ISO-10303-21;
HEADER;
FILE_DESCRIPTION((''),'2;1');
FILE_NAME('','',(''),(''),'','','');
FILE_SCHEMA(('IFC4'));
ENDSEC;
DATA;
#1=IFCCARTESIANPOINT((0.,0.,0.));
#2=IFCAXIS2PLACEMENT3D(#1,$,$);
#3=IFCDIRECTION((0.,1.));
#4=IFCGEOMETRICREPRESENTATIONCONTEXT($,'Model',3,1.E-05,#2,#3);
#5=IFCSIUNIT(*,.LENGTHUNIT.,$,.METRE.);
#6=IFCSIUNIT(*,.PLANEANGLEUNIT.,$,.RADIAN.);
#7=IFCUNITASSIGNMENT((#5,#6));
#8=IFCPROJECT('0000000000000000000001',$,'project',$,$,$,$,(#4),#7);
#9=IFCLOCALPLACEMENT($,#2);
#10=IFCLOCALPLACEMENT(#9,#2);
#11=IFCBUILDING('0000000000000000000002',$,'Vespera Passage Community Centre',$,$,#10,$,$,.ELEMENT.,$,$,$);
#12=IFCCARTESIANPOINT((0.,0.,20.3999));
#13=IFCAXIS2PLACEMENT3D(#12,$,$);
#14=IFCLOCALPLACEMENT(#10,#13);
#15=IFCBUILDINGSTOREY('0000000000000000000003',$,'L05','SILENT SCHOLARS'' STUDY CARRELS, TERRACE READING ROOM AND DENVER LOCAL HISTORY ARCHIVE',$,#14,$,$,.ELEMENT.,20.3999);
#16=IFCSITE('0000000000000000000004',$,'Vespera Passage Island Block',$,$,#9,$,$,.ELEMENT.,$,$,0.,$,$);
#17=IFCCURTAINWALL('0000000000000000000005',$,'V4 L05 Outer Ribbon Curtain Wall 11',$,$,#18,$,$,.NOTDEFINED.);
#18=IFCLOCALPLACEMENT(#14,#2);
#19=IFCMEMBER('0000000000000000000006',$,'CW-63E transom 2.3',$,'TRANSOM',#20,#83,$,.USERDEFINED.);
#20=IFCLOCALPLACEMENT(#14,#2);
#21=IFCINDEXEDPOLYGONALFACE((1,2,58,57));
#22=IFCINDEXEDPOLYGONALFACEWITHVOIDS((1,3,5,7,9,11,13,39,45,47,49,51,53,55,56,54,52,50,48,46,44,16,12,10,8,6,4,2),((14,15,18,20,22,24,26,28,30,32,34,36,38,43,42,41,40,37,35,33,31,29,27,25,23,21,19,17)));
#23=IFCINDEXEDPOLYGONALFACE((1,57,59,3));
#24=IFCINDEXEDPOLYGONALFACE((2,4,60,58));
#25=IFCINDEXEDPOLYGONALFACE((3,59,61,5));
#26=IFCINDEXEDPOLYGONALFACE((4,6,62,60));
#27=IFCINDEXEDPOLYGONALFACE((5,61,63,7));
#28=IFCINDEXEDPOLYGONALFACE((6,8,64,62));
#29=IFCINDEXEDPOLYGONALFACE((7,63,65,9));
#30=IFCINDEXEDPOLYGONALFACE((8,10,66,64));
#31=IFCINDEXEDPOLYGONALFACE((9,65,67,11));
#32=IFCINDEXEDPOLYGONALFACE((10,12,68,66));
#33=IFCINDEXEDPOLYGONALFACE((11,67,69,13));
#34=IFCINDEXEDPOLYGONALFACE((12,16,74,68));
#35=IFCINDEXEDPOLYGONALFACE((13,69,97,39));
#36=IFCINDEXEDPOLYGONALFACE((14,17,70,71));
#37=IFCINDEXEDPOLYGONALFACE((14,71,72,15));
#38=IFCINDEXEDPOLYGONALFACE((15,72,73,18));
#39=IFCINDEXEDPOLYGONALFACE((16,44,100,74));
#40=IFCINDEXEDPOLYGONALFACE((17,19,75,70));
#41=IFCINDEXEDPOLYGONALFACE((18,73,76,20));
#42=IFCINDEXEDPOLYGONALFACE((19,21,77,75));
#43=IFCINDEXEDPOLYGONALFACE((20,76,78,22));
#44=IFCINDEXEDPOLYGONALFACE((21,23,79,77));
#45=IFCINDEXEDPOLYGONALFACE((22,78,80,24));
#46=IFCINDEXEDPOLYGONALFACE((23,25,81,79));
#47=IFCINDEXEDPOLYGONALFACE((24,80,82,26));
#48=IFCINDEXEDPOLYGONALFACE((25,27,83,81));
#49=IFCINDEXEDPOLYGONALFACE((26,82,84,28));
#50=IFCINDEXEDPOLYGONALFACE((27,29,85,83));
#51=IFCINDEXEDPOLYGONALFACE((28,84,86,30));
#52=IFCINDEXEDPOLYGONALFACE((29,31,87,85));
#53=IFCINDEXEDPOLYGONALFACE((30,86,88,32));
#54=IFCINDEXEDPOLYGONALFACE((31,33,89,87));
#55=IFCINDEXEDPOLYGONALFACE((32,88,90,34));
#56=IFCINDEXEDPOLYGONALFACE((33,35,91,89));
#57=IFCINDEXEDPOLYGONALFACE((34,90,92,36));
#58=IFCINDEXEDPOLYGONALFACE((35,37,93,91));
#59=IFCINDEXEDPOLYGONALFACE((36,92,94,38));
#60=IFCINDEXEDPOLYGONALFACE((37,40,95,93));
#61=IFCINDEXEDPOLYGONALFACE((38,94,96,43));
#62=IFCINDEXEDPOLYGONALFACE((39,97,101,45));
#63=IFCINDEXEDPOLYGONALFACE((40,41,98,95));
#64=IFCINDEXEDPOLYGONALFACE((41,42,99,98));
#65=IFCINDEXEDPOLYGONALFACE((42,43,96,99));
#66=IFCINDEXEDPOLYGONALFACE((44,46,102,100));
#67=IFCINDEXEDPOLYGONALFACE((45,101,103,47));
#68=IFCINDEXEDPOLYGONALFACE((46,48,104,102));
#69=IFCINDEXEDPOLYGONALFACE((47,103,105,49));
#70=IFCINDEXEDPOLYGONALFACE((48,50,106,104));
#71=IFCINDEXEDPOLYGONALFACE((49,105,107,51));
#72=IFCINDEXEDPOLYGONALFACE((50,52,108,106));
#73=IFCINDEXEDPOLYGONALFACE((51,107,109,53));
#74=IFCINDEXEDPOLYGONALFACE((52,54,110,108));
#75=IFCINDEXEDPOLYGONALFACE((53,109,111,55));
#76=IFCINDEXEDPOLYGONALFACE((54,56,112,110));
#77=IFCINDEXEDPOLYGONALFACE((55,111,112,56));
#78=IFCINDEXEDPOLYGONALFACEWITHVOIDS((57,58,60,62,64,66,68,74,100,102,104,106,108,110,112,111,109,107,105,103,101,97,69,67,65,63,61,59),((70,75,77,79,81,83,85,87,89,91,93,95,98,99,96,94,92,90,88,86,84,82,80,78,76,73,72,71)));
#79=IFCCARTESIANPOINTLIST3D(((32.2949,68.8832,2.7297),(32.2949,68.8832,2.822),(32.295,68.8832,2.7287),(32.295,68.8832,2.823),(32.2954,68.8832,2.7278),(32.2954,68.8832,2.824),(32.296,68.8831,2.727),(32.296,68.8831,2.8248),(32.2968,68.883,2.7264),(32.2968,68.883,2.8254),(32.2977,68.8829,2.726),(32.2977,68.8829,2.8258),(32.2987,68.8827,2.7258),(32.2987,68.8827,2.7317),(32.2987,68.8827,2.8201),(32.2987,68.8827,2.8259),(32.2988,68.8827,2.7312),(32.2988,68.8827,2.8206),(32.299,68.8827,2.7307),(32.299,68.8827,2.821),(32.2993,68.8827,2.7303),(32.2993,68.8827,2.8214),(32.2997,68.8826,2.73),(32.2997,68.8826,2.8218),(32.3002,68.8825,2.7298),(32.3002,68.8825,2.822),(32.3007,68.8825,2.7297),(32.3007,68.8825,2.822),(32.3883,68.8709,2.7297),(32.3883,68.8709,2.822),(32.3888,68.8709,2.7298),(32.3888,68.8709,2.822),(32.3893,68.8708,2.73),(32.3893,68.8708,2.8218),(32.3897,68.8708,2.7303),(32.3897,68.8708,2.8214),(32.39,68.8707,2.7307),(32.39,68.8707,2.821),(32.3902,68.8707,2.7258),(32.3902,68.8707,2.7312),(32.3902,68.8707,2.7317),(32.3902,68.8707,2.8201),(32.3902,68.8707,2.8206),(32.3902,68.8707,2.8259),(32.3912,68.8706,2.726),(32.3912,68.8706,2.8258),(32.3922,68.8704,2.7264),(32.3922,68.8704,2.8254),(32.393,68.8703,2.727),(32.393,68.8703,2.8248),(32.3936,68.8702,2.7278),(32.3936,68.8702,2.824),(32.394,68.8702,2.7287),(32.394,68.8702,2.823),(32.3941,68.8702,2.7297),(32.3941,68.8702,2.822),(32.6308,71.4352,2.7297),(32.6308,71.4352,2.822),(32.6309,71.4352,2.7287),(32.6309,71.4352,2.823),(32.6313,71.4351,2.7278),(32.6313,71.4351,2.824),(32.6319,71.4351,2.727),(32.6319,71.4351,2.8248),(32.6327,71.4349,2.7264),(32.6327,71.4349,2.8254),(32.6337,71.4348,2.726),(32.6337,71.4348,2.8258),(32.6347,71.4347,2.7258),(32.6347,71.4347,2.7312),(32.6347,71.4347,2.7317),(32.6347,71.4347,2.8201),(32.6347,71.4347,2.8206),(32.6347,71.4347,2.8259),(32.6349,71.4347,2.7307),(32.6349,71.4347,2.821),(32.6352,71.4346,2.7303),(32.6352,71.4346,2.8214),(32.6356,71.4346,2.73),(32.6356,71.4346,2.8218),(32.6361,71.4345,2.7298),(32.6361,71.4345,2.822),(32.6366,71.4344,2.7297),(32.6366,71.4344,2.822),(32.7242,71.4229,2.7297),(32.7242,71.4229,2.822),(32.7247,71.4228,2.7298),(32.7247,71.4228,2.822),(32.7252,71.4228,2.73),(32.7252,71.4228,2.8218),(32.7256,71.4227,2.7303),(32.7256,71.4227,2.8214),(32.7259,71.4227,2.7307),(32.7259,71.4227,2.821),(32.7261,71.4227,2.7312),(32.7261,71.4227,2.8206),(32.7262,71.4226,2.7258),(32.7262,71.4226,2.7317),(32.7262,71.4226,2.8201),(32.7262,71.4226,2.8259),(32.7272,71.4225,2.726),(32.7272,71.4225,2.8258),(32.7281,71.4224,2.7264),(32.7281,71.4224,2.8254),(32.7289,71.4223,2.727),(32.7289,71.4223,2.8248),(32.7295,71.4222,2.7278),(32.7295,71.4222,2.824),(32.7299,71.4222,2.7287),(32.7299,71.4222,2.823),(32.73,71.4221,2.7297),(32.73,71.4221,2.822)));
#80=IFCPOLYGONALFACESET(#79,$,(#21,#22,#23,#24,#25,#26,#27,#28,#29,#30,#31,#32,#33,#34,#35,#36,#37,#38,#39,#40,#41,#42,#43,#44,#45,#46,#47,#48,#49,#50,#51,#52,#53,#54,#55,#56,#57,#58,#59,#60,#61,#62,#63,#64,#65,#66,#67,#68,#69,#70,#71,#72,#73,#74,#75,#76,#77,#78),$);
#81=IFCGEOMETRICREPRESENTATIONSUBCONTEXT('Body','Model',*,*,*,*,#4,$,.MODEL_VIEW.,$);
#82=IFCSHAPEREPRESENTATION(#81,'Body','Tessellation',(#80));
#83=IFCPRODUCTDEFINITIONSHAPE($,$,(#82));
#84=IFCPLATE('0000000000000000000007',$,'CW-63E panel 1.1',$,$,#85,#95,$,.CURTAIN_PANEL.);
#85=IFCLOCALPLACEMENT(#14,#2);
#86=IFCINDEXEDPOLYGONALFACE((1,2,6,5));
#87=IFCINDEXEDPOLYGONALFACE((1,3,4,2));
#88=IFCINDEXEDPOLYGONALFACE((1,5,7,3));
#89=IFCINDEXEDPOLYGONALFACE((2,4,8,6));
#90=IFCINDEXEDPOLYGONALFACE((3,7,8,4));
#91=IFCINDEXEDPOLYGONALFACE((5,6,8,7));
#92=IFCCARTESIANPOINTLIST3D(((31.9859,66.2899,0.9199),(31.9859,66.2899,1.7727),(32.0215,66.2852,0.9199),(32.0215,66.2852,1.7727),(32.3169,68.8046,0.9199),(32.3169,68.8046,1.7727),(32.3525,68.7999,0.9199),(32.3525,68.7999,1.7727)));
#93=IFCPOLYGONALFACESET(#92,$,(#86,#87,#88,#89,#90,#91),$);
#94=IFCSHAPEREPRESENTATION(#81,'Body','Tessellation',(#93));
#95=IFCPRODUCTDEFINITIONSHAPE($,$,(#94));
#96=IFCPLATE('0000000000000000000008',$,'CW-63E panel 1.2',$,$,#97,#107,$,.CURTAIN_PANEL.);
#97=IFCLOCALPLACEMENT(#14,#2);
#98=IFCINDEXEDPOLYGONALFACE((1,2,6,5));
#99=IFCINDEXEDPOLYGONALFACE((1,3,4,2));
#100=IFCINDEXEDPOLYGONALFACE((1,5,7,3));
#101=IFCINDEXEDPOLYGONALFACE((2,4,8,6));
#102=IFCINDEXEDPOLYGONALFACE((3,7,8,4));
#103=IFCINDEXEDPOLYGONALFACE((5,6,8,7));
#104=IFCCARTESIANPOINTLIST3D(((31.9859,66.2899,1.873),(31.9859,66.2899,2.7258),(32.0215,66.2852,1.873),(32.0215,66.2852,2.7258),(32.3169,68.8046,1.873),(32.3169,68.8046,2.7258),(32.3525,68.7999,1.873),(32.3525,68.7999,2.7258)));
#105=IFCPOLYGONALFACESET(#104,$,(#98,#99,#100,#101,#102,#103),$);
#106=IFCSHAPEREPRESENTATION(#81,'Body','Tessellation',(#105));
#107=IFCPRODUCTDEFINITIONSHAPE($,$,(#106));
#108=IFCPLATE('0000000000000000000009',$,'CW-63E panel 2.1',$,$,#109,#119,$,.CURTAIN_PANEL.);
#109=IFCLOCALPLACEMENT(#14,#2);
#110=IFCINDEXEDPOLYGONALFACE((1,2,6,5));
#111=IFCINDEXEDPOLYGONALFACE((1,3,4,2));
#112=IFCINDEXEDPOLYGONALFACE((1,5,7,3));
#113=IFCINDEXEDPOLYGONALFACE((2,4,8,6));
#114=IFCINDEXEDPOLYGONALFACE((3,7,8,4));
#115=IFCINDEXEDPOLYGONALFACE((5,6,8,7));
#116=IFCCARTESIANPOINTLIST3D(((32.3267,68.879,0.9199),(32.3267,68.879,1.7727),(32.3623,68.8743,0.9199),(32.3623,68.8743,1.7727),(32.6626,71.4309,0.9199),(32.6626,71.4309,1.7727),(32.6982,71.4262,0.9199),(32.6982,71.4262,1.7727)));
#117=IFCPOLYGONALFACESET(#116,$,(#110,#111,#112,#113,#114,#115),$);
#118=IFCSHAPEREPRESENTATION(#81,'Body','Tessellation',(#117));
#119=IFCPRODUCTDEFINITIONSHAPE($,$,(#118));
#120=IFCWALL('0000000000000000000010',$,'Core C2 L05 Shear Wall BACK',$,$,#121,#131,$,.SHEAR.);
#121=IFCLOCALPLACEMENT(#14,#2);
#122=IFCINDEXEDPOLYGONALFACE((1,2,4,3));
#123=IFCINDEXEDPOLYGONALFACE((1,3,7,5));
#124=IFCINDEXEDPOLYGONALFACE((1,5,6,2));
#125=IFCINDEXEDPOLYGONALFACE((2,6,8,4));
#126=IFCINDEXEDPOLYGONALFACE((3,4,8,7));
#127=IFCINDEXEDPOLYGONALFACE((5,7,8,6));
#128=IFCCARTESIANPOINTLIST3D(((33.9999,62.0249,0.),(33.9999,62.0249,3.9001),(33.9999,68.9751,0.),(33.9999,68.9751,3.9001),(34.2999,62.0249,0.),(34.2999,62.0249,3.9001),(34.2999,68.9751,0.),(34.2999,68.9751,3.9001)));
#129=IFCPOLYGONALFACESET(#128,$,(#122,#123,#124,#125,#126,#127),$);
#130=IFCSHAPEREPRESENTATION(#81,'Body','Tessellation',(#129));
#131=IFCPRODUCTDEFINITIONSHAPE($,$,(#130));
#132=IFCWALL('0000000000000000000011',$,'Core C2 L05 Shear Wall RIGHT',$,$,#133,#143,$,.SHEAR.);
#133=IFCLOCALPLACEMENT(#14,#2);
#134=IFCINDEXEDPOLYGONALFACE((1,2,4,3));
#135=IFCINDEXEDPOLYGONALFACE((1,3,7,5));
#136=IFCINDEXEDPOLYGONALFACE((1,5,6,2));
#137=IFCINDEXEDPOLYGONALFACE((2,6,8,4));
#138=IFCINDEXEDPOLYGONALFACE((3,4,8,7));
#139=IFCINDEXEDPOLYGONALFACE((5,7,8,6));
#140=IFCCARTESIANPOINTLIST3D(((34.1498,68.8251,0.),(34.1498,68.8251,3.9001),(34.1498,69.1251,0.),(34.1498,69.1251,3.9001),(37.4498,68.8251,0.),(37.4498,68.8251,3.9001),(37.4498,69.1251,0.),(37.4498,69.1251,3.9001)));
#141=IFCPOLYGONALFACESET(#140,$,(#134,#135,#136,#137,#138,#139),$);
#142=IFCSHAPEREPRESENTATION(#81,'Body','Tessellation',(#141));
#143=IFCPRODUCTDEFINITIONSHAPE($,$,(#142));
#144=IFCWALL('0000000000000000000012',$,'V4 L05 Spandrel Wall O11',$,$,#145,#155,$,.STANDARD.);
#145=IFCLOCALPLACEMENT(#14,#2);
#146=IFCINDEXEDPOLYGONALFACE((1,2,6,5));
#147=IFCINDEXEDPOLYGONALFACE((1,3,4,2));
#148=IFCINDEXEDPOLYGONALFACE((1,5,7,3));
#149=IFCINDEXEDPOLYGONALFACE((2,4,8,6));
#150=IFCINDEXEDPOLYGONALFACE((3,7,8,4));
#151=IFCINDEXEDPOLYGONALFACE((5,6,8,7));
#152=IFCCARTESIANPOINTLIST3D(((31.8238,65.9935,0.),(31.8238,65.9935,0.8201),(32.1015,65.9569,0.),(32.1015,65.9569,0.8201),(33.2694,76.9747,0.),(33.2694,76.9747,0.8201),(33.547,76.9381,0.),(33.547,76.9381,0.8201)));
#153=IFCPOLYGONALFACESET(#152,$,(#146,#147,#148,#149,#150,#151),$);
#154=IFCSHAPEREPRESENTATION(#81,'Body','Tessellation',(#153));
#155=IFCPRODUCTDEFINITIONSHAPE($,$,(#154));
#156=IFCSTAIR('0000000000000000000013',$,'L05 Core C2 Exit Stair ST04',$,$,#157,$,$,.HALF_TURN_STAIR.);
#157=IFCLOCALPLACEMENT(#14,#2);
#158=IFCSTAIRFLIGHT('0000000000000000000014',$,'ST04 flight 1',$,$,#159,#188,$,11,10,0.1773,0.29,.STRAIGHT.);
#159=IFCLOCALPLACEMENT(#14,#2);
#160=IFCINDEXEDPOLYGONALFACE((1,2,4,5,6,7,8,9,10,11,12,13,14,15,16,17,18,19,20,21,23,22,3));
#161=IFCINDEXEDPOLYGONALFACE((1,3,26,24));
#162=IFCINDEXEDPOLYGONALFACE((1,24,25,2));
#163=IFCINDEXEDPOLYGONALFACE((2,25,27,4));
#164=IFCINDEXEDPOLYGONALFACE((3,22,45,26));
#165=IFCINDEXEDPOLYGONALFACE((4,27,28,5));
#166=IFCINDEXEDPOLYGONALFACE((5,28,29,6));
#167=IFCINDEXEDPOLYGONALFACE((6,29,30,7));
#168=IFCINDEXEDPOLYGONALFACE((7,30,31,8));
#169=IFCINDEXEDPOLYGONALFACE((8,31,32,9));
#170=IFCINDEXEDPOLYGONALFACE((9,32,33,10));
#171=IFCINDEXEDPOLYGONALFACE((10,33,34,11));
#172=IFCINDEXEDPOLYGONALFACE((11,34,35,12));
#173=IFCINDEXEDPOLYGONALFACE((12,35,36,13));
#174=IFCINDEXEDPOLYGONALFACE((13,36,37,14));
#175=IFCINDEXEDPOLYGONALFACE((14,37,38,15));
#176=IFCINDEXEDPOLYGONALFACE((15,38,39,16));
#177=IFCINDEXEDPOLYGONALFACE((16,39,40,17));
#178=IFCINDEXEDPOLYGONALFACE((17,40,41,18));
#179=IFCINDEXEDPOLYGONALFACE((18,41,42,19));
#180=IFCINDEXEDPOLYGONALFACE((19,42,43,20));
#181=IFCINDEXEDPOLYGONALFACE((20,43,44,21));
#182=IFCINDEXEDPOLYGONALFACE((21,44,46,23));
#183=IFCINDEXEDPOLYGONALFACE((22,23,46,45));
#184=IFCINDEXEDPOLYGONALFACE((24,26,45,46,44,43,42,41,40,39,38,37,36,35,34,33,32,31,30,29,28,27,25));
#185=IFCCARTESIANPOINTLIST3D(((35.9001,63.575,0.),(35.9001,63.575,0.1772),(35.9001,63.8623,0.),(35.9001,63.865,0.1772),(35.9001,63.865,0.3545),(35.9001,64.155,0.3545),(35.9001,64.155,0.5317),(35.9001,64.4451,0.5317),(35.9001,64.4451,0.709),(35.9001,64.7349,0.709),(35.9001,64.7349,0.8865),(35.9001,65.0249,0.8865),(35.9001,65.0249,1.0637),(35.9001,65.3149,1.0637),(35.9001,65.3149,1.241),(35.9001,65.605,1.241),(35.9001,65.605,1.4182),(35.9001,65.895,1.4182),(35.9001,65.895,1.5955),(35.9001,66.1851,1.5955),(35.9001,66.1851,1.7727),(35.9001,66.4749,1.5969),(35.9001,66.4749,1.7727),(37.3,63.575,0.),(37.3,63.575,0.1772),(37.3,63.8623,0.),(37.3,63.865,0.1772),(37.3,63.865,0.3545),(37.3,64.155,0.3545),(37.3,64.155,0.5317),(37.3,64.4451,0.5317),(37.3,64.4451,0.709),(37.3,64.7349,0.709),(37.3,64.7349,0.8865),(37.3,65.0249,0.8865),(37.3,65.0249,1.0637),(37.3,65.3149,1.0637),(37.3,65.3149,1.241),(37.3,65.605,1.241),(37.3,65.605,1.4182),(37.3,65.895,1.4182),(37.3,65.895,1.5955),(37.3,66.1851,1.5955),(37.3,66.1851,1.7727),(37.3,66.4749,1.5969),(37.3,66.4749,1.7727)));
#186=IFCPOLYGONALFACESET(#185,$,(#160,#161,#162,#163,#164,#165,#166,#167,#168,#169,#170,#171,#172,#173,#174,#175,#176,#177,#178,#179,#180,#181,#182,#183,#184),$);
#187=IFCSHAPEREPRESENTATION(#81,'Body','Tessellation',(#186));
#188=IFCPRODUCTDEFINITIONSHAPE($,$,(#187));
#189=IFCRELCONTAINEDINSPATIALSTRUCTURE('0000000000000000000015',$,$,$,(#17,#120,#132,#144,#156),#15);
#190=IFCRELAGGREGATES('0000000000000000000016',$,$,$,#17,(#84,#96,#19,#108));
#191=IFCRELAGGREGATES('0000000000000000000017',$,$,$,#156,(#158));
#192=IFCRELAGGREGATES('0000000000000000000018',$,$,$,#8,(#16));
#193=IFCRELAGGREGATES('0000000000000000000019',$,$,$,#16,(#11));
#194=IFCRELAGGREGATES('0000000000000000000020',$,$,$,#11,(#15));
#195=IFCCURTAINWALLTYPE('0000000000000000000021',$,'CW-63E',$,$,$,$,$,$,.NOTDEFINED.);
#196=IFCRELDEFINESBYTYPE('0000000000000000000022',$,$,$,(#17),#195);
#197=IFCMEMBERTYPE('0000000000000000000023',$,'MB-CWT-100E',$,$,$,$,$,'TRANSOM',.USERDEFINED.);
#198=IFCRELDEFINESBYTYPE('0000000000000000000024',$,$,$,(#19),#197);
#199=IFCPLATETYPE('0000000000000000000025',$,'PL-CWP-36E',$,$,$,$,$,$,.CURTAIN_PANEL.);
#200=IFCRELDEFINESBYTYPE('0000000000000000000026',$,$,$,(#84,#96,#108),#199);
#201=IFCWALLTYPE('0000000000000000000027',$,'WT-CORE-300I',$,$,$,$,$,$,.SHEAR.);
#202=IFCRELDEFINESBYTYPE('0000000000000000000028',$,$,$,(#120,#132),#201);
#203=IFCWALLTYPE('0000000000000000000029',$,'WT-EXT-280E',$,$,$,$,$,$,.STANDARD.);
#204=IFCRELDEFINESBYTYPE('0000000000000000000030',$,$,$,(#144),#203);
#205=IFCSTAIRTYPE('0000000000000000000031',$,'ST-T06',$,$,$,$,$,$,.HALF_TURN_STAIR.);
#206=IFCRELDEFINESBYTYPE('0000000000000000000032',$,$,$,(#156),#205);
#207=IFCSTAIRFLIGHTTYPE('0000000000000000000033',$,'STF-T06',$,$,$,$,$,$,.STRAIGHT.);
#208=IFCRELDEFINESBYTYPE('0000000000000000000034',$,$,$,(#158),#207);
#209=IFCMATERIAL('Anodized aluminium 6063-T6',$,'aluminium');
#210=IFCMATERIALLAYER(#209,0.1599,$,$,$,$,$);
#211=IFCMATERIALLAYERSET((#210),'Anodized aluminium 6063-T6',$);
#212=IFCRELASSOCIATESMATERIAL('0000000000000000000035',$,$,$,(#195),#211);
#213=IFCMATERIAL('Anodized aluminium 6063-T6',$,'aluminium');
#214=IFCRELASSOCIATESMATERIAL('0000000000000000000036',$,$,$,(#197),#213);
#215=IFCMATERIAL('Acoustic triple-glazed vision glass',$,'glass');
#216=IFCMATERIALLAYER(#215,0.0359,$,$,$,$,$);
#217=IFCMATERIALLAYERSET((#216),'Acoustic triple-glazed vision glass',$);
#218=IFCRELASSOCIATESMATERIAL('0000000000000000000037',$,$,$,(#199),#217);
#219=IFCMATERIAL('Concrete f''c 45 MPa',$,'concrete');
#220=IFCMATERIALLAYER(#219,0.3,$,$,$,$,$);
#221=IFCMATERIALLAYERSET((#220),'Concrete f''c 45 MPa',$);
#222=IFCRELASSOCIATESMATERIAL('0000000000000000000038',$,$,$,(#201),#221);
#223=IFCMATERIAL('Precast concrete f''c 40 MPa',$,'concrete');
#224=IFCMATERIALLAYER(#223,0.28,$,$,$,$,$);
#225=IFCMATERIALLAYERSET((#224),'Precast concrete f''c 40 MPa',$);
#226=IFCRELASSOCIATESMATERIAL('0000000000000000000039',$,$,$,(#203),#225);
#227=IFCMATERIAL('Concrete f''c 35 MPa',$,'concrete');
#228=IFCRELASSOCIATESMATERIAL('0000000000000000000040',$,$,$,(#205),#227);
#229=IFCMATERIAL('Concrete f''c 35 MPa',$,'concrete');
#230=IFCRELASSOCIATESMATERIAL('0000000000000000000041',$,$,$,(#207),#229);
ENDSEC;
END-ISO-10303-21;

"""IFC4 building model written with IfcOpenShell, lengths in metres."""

from ifc_helpers import new_model, si_unit, direction, frame, frame_2d, origin, origin_2d, place, context, subcontext, project, spatial, polyline, rectangle, hollow_rectangle, outline, extrude, material, layer, layer_set, material_profile, profile_set, type_object, element, aggregate, save


model = new_model("IFC4")

# Units and contexts
model_context = context("Model", 3, precision=1e-05, world=origin(), true_north=direction((0.0, 1.0)))
body_context = subcontext(model_context, "Body", "Model", "MODEL_VIEW")
ifc_project = project(units=[si_unit("LENGTHUNIT", "METRE"), si_unit("PLANEANGLEUNIT", "RADIAN")], contexts=[model_context])

# Site, building, storey
site_placement = place(None, origin())
site = spatial("IfcSite", under=ifc_project, at=site_placement, Name="Vespera Passage Island Block", CompositionType="ELEMENT", RefElevation=0.0)
building_placement = place(site_placement, origin())
building = spatial("IfcBuilding", under=site, at=building_placement, Name="Vespera Passage Community Centre", CompositionType="ELEMENT")
storey_placement = place(building_placement, frame((0.0, 0.0, 20.3999)))
storey = spatial("IfcBuildingStorey", under=building, at=storey_placement, Name="L05", Description="SILENT SCHOLARS' STUDY CARRELS, TERRACE READING ROOM AND DENVER LOCAL HISTORY ARCHIVE", CompositionType="ELEMENT", Elevation=20.3999)

# Curtain wall, member, plates
ifc_material_1 = material(Name="Anodized aluminium 6063-T6", Category="aluminium")
ifc_layer_1 = layer(ifc_material_1, 0.1599)
ifc_layer_set_1 = layer_set([ifc_layer_1], Name="Anodized aluminium 6063-T6")
curtain_wall_type = type_object("IfcCurtainWallType", Name="CW-63E", PredefinedType="NOTDEFINED", material=ifc_layer_set_1)
curtain_wall_placement = place(storey_placement, origin())
curtain_wall = element("IfcCurtainWall", 1, at=curtain_wall_placement, inside=storey, type_object=curtain_wall_type, Name="V4 L05 Outer Ribbon Curtain Wall 11", PredefinedType="NOTDEFINED")
ifc_material_2 = material(Name="Anodized aluminium 6063-T6", Category="aluminium")
ifc_material_profile_1 = material_profile(ifc_material_2, hollow_rectangle(XDim=0.1001, YDim=0.1001, WallThickness=0.0039, InnerFilletRadius=0.002, OuterFilletRadius=0.0039, at=origin_2d()), Name="ALU100X100X4")
ifc_profile_set_1 = profile_set([ifc_material_profile_1], Name="Anodized aluminium 6063-T6")
member_type_1 = type_object("IfcMemberType", Name="MB-CWT-100E", ElementType="TRANSOM", PredefinedType="USERDEFINED", material=ifc_profile_set_1)
member_1_placement = place(storey_placement, frame((32.3445, 68.8767, 2.7759), z_axis=(0.130511, 0.991447, 0.0), x_axis=(-0.991447, 0.130511, 0.0)))
member_1 = element("IfcMember", 2, at=member_1_placement, type_object=member_type_1, Name="CW-63E transom 2.3", ObjectType="TRANSOM", PredefinedType="USERDEFINED", context=body_context, shape_type="SweptSolid", body=[
    extrude(hollow_rectangle(XDim=0.1001, YDim=0.1001, WallThickness=0.0039, InnerFilletRadius=0.002, OuterFilletRadius=0.0039, at=origin_2d()), origin(), (0.0, 0.0, 1.0), 2.574),
])
ifc_material_3 = material(Name="Acoustic triple-glazed vision glass", Category="glass")
ifc_layer_2 = layer(ifc_material_3, 0.0359)
ifc_layer_set_2 = layer_set([ifc_layer_2], Name="Acoustic triple-glazed vision glass")
plate_type = type_object("IfcPlateType", Name="PL-CWP-36E", PredefinedType="CURTAIN_PANEL", material=ifc_layer_set_2)
plate_1_placement = place(storey_placement, frame((32.1692, 67.5449, 0.9199), z_axis=(0.0, 0.0, 1.0), x_axis=(0.130523, 0.991445, 0.0)))
plate_1 = element("IfcPlate", 3, at=plate_1_placement, type_object=plate_type, Name="CW-63E panel 1.1", PredefinedType="CURTAIN_PANEL", context=body_context, shape_type="SweptSolid", body=[
    extrude(rectangle(XDim=2.5364, YDim=0.0359, at=origin_2d()), origin(), (0.0, 0.0, 1.0), 0.8528),
])
plate_2_placement = place(storey_placement, frame((32.1692, 67.5449, 1.873), z_axis=(0.0, 0.0, 1.0), x_axis=(0.130523, 0.991445, 0.0)))
plate_2 = element("IfcPlate", 4, at=plate_2_placement, type_object=plate_type, Name="CW-63E panel 1.2", PredefinedType="CURTAIN_PANEL", context=body_context, shape_type="SweptSolid", body=[
    extrude(rectangle(XDim=2.5364, YDim=0.0359, at=origin_2d()), origin(), (0.0, 0.0, 1.0), 0.8528),
])
plate_3_placement = place(storey_placement, frame((32.5125, 70.1526, 0.9199), z_axis=(0.0, 0.0, 1.0), x_axis=(0.130523, 0.991445, 0.0)))
plate_3 = element("IfcPlate", 5, at=plate_3_placement, type_object=plate_type, Name="CW-63E panel 2.1", PredefinedType="CURTAIN_PANEL", context=body_context, shape_type="SweptSolid", body=[
    extrude(rectangle(XDim=2.574, YDim=0.0359, at=origin_2d()), origin(), (0.0, 0.0, 1.0), 0.8528),
])
aggregate(curtain_wall, [plate_1, plate_2, member_1, plate_3])

# Walls
ifc_material_4 = material(Name="Concrete f'c 45 MPa", Category="concrete")
ifc_layer_3 = layer(ifc_material_4, 0.3)
ifc_layer_set_3 = layer_set([ifc_layer_3], Name="Concrete f'c 45 MPa")
wall_type_1 = type_object("IfcWallType", Name="WT-CORE-300I", PredefinedType="SHEAR", material=ifc_layer_set_3)
wall_1_placement = place(storey_placement, frame((34.1499, 62.0249, 0.0), z_axis=(0.0, 0.0, 1.0), x_axis=(0.0, 1.0, 0.0)))
element("IfcWall", 6, at=wall_1_placement, inside=storey, type_object=wall_type_1, Name="Core C2 L05 Shear Wall BACK", PredefinedType="SHEAR", context=body_context, shape_type="SweptSolid", body=[
    extrude(rectangle(XDim=6.9502, YDim=0.3, at=frame_2d((3.4751, 0.0))), origin(), (0.0, 0.0, 1.0), 3.9001),
])
wall_2_placement = place(storey_placement, frame((34.1499, 68.9751, 0.0), z_axis=(0.0, 0.0, 1.0), x_axis=(1.0, 0.0, 0.0)))
element("IfcWall", 7, at=wall_2_placement, inside=storey, type_object=wall_type_1, Name="Core C2 L05 Shear Wall RIGHT", PredefinedType="SHEAR", context=body_context, shape_type="SweptSolid", body=[
    extrude(rectangle(XDim=3.3, YDim=0.3, at=frame_2d((1.6499, 0.0))), origin(), (0.0, 0.0, 1.0), 3.9001),
])

# Wall
ifc_material_5 = material(Name="Precast concrete f'c 40 MPa", Category="concrete")
ifc_layer_4 = layer(ifc_material_5, 0.28)
ifc_layer_set_4 = layer_set([ifc_layer_4], Name="Precast concrete f'c 40 MPa")
wall_type_2 = type_object("IfcWallType", Name="WT-EXT-280E", PredefinedType="STANDARD", material=ifc_layer_set_4)
wall_3_placement = place(storey_placement, frame((31.9626, 65.9751, 0.0), z_axis=(0.0, 0.0, 1.0), x_axis=(0.130513, 0.991447, 0.0)))
element("IfcWall", 8, at=wall_3_placement, inside=storey, type_object=wall_type_2, Name="V4 L05 Spandrel Wall O11", PredefinedType="STANDARD", context=body_context, shape_type="SweptSolid", body=[
    extrude(rectangle(XDim=11.0759, YDim=0.28, at=frame_2d((5.5381, 0.0))), origin(), (0.0, 0.0, 1.0), 0.8201),
])

# Stair, stair flight
ifc_material_6 = material(Name="Concrete f'c 35 MPa", Category="concrete")
stair_type = type_object("IfcStairType", Name="ST-T06", PredefinedType="HALF_TURN_STAIR", material=ifc_material_6)
stair_placement = place(storey_placement, origin())
stair = element("IfcStair", 9, at=stair_placement, inside=storey, type_object=stair_type, Name="L05 Core C2 Exit Stair ST04", PredefinedType="HALF_TURN_STAIR")
ifc_material_7 = material(Name="Concrete f'c 35 MPa", Category="concrete")
stair_flight_type = type_object("IfcStairFlightType", Name="STF-T06", PredefinedType="STRAIGHT", material=ifc_material_7)
stair_flight_1_placement = place(storey_placement, frame((36.6001, 63.575, 0.0), z_axis=(0.0, 0.0, 1.0), x_axis=(0.0, 1.0, 0.0)))
stair_flight_1 = element("IfcStairFlight", 10, at=stair_flight_1_placement, type_object=stair_flight_type, Name="ST04 flight 1", NumberOfRisers=11, NumberOfTreads=10, PredefinedType="STRAIGHT", RiserHeight=0.1773, TreadLength=0.29, context=body_context, shape_type="SweptSolid", body=[
    extrude(outline(polyline([(0.0, 0.0), (0.0, 0.1772), (0.29, 0.1772), (0.29, 0.3545), (0.5801, 0.3545), (0.5801, 0.5317), (0.8701, 0.5317), (0.8701, 0.709), (1.1599, 0.709), (1.1599, 0.8865), (1.45, 0.8865), (1.45, 1.0637), (1.74, 1.0637), (1.74, 1.241), (2.03, 1.241), (2.03, 1.4182), (2.3201, 1.4182), (2.3201, 1.5955), (2.6101, 1.5955), (2.6101, 1.7727), (2.8999, 1.7727), (2.8999, 1.95), (2.8999, 1.5969), (0.2874, 0.0), (0.0, 0.0)])), frame((0.0, 0.7, 0.0), z_axis=(0.0, -1.0, 0.0), x_axis=(1.0, 0.0, 0.0)), (0.0, 0.0, 1.0), 1.3999),
])
aggregate(stair, [stair_flight_1])

save(model, "model.ifc")
